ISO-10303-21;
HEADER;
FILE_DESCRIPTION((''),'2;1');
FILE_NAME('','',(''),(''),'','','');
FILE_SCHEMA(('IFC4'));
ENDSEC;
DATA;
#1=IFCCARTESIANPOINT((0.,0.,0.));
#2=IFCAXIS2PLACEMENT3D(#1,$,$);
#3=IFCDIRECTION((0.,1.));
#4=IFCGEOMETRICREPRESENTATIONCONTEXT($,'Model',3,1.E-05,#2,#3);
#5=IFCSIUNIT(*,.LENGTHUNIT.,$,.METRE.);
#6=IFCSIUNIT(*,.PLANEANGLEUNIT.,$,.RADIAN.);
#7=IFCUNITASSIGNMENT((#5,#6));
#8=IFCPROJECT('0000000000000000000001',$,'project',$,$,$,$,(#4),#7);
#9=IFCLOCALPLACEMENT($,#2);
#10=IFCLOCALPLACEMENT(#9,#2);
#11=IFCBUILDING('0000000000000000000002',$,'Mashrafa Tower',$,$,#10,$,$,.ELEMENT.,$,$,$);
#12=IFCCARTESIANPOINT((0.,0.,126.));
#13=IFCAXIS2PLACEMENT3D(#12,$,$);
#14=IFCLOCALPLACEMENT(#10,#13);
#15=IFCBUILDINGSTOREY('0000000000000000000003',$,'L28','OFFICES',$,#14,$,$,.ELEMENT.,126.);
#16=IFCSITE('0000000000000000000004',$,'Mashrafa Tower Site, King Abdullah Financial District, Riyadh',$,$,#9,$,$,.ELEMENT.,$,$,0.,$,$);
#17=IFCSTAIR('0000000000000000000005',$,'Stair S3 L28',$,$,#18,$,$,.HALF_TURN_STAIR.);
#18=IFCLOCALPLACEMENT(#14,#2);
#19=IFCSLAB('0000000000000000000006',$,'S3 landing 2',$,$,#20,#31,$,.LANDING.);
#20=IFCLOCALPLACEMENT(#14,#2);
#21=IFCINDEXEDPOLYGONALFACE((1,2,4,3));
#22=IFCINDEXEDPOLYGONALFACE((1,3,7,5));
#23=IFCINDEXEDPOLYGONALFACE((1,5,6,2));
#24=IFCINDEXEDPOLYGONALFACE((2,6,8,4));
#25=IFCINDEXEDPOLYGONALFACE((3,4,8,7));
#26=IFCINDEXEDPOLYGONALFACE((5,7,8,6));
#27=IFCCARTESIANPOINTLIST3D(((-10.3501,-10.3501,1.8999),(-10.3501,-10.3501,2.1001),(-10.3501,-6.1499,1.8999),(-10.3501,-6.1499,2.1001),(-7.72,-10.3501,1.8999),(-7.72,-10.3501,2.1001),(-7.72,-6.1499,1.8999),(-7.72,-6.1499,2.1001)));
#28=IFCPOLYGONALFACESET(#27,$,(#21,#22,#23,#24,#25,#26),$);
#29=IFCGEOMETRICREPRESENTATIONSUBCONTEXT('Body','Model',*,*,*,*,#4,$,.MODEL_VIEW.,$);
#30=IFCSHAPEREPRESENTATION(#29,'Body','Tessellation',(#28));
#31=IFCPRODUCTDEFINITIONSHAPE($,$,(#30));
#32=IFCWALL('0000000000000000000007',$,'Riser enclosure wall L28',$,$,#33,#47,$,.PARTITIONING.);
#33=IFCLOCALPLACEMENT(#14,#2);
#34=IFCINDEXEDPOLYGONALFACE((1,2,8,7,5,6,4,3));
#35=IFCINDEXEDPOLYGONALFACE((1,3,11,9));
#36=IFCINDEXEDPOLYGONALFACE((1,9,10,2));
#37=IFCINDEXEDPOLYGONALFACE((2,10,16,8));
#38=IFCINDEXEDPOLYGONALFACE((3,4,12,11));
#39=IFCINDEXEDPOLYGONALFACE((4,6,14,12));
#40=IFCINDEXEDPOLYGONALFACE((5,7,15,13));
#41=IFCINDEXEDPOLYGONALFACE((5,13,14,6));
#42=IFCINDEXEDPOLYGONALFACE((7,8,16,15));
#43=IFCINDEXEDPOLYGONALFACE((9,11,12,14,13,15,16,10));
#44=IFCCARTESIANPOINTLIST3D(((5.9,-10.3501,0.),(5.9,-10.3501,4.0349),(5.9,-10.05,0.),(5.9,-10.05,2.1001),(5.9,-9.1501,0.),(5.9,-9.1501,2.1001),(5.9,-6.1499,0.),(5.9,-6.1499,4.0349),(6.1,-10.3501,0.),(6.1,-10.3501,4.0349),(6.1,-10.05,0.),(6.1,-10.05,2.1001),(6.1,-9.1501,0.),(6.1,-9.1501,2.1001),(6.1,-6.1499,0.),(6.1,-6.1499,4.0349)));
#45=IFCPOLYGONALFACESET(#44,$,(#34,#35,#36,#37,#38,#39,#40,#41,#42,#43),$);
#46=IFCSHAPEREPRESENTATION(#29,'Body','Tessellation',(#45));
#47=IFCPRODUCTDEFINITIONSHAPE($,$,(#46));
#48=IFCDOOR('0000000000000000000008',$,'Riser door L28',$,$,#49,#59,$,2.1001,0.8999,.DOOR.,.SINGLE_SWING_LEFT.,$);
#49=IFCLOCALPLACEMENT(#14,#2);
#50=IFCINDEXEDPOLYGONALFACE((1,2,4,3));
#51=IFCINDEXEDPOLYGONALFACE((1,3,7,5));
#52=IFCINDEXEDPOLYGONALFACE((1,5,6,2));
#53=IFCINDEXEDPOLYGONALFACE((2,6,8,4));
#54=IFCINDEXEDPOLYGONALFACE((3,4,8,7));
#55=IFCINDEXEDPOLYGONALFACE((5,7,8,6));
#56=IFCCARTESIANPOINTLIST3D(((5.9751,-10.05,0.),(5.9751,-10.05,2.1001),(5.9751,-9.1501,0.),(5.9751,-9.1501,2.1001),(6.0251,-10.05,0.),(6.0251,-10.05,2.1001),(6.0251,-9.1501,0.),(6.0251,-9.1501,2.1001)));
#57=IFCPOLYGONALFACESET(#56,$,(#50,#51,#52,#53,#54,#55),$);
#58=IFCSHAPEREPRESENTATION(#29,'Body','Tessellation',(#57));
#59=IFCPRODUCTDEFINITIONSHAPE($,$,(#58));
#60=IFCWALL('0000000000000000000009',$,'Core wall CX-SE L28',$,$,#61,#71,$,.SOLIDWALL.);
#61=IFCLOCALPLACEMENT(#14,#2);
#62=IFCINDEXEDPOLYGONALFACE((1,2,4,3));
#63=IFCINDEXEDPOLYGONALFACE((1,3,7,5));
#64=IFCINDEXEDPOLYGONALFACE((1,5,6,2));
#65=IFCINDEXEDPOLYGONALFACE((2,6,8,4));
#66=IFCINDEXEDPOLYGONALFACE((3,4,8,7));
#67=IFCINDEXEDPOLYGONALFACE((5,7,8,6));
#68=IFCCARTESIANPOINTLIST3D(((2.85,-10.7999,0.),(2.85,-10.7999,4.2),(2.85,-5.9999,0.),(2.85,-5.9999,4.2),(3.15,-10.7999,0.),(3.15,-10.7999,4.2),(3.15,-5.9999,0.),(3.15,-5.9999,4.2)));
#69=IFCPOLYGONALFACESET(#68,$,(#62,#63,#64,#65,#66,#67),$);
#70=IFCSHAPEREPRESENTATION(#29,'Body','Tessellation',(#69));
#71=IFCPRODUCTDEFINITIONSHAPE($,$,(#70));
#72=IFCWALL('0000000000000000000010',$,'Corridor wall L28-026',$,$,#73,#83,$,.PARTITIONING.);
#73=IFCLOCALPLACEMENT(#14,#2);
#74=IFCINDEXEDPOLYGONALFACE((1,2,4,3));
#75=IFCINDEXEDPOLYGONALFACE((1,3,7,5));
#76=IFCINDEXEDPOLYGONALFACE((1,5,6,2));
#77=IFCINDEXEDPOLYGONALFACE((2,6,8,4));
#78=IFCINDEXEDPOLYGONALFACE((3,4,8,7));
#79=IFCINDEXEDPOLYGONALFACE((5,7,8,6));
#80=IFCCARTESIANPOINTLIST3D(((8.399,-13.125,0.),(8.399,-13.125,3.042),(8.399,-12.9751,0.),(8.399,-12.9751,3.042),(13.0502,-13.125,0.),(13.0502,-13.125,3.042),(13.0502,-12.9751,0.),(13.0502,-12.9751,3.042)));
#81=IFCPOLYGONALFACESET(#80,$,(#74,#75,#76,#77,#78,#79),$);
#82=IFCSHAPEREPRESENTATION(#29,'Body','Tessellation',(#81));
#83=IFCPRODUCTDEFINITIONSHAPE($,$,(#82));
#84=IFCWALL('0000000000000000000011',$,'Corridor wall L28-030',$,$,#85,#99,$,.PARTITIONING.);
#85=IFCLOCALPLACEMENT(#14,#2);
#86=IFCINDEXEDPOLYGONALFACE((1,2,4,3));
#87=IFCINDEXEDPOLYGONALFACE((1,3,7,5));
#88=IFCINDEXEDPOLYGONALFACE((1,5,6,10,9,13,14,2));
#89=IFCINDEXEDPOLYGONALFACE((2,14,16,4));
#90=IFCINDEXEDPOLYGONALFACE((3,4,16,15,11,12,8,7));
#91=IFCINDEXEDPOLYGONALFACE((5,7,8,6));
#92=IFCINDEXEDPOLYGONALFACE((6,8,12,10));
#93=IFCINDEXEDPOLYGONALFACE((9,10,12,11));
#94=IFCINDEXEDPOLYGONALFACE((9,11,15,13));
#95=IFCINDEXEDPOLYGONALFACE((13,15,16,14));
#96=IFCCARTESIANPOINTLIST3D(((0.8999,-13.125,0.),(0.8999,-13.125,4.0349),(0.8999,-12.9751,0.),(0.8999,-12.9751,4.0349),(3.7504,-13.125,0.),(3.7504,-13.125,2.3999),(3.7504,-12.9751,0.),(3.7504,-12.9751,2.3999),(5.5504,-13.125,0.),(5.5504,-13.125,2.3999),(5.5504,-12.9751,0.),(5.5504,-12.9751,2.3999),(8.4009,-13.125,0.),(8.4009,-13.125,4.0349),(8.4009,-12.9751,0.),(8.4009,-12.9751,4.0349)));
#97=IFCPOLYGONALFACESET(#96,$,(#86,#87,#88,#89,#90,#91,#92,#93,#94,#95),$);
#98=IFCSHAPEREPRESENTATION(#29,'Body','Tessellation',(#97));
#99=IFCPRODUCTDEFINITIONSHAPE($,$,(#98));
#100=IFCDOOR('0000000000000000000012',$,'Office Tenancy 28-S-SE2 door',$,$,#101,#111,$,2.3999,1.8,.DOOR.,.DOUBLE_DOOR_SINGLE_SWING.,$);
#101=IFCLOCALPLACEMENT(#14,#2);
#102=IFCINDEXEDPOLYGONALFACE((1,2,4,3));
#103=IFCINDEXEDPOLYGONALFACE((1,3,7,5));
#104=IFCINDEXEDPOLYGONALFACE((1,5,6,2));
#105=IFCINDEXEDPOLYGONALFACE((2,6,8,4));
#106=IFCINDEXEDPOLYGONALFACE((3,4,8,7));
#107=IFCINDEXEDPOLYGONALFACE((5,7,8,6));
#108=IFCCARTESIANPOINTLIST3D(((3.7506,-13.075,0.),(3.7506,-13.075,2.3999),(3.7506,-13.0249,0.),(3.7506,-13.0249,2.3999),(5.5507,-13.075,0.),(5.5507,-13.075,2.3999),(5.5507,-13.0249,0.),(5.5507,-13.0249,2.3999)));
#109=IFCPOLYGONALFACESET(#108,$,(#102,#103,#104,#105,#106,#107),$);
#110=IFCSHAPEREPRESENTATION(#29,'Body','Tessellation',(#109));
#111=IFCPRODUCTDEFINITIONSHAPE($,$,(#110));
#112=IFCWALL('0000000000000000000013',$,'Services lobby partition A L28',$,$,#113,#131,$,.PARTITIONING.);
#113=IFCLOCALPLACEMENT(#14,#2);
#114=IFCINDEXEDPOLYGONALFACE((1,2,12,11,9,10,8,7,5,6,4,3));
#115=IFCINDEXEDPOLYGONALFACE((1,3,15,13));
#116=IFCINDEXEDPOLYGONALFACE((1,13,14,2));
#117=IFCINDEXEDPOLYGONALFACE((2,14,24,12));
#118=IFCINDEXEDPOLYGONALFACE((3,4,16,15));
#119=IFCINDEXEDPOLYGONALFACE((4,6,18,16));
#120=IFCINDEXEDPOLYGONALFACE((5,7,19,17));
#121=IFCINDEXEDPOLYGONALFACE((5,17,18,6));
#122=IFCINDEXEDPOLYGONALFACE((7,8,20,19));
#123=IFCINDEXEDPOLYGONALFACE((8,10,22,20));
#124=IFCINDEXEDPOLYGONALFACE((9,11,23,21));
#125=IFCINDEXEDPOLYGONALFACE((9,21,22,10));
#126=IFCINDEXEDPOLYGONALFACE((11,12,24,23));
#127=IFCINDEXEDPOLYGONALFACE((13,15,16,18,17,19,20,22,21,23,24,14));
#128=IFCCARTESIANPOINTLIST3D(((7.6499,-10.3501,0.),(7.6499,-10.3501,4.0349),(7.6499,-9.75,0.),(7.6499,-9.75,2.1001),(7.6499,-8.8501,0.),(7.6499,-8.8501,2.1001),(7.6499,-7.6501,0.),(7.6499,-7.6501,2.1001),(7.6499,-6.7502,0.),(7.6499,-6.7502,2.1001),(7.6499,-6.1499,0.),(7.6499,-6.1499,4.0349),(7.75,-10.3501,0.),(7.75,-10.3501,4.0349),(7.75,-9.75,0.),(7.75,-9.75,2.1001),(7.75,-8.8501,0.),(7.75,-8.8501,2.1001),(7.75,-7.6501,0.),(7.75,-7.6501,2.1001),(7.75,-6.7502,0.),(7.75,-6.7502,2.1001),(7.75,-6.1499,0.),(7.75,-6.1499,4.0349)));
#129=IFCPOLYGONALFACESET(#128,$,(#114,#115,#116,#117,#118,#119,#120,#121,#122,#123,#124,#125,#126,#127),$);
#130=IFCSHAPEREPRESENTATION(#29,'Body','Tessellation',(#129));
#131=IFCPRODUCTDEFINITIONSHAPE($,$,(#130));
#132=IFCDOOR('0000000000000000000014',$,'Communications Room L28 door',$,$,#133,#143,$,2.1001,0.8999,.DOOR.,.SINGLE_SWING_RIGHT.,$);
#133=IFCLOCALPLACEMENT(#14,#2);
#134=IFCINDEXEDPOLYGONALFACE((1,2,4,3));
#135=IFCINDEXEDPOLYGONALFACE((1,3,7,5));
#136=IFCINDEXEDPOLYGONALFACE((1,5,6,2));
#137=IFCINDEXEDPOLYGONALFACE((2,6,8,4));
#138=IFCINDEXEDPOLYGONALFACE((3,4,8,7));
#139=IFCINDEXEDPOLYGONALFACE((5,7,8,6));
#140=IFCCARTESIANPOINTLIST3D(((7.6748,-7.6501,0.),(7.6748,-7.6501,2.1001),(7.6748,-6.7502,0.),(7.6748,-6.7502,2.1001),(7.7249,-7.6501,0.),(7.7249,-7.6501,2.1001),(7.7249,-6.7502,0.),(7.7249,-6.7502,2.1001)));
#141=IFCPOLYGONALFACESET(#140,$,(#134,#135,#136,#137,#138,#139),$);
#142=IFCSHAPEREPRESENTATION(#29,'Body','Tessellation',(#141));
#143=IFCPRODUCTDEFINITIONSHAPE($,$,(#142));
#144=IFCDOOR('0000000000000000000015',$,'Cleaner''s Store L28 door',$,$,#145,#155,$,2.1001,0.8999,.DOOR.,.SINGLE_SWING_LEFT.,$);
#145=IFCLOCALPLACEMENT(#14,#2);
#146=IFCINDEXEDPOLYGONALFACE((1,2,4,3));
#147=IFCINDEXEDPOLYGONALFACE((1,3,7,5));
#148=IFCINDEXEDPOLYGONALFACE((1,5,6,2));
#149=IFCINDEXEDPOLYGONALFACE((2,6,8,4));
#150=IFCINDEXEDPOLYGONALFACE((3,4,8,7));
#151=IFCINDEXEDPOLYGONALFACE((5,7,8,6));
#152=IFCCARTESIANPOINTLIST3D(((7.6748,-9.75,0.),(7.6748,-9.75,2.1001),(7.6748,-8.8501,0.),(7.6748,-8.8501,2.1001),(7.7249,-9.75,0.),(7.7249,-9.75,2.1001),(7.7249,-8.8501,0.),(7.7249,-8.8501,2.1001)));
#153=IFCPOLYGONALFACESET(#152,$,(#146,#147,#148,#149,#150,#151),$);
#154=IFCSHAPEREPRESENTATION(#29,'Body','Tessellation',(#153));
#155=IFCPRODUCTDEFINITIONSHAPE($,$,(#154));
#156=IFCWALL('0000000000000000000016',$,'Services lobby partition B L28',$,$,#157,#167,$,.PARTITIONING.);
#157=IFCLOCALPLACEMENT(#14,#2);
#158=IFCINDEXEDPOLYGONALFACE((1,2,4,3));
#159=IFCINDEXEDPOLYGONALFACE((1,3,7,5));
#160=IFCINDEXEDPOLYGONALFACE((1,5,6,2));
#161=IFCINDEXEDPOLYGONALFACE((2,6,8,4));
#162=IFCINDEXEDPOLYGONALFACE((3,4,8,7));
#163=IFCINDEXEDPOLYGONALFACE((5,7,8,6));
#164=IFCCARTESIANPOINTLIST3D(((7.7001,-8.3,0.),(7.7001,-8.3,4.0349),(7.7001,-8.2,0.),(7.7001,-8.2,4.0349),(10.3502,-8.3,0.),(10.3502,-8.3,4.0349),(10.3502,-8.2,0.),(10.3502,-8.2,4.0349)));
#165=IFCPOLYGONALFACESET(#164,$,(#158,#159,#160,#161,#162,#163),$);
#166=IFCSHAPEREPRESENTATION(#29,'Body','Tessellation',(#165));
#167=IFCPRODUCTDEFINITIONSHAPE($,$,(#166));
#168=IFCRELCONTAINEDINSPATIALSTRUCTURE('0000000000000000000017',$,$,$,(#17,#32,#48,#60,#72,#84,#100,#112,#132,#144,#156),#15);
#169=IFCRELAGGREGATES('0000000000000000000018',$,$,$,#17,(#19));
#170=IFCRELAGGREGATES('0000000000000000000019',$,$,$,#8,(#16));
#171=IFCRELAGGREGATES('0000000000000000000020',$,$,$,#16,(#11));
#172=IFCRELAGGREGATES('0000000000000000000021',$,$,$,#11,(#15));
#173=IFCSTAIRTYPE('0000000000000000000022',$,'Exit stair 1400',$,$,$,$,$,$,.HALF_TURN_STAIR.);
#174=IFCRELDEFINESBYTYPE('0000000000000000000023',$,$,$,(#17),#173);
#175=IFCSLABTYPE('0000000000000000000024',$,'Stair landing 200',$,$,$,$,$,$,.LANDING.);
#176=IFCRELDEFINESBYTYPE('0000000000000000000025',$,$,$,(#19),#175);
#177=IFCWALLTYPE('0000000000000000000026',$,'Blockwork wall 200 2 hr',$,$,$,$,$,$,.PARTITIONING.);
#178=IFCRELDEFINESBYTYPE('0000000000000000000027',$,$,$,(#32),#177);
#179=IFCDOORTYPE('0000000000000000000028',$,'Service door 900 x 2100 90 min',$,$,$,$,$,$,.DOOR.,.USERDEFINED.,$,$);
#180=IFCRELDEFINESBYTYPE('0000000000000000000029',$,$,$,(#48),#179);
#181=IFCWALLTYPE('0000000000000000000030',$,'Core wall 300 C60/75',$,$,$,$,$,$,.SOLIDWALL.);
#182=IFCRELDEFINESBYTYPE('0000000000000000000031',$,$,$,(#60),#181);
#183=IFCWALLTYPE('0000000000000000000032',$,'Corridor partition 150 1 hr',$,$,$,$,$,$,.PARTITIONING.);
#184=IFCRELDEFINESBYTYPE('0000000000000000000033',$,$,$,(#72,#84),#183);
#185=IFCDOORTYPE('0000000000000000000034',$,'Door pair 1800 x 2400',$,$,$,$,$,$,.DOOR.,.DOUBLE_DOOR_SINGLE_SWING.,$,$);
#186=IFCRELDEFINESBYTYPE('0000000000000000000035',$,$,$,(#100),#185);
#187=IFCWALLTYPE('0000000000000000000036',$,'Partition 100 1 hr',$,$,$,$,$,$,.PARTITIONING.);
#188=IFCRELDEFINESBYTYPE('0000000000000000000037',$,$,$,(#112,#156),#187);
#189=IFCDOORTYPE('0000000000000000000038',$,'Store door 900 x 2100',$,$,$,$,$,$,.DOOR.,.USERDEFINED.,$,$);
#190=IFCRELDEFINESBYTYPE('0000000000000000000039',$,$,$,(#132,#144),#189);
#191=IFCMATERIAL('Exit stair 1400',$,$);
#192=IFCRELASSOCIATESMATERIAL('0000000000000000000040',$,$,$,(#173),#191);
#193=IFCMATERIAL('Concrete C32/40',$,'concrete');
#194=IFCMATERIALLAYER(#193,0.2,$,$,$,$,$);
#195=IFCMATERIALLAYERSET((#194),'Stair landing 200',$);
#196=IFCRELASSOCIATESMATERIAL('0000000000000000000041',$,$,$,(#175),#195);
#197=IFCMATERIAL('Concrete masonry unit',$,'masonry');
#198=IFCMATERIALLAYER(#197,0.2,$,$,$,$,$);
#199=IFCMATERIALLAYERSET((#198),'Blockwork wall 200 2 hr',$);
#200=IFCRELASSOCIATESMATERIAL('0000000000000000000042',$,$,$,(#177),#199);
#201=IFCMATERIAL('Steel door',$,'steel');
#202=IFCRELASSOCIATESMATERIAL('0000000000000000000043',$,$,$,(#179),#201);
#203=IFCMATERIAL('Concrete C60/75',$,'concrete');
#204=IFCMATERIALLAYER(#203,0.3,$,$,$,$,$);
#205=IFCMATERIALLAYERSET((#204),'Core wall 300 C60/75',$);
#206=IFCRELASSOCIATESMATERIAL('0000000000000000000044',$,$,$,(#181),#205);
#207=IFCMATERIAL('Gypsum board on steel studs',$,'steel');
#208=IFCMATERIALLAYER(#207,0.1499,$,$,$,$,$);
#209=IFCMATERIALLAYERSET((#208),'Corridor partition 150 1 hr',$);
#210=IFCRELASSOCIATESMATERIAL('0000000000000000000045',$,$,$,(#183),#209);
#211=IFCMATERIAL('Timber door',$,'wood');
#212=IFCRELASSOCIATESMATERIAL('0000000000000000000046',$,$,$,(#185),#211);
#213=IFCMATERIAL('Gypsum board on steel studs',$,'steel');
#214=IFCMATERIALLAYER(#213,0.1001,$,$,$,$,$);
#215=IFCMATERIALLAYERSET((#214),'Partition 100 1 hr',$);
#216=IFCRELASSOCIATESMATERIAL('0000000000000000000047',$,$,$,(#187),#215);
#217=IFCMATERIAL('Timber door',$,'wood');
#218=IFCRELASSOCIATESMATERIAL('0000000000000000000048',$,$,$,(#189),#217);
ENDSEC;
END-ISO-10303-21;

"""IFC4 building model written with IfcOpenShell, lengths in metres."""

from ifc_helpers import new_model, si_unit, direction, frame, frame_2d, origin, place, context, subcontext, project, spatial, polyline, rectangle, outline, extrude, material, layer, layer_set, type_object, element, fill, aggregate, save


model = new_model("IFC4")

# Units and contexts
model_context = context("Model", 3, precision=1e-05, world=origin(), true_north=direction((0.0, 1.0)))
body_context = subcontext(model_context, "Body", "Model", "MODEL_VIEW")
ifc_project = project(units=[si_unit("LENGTHUNIT", "METRE"), si_unit("PLANEANGLEUNIT", "RADIAN")], contexts=[model_context])

# Site, building, storey
site_placement = place(None, origin())
site = spatial("IfcSite", under=ifc_project, at=site_placement, Name="Mashrafa Tower Site, King Abdullah Financial District, Riyadh", CompositionType="ELEMENT", RefElevation=0.0)
building_placement = place(site_placement, origin())
building = spatial("IfcBuilding", under=site, at=building_placement, Name="Mashrafa Tower", CompositionType="ELEMENT")
storey_placement = place(building_placement, frame((0.0, 0.0, 126.0)))
storey = spatial("IfcBuildingStorey", under=building, at=storey_placement, Name="L28", Description="OFFICES", CompositionType="ELEMENT", Elevation=126.0)

# Stair, slab
ifc_material_1 = material(Name="Exit stair 1400")
stair_type = type_object("IfcStairType", Name="Exit stair 1400", PredefinedType="HALF_TURN_STAIR", material=ifc_material_1)
ifc_material_2 = material(Name="Concrete C32/40", Category="concrete")
ifc_layer_1 = layer(ifc_material_2, 0.2)
ifc_layer_set_1 = layer_set([ifc_layer_1], Name="Stair landing 200")
slab_type = type_object("IfcSlabType", Name="Stair landing 200", PredefinedType="LANDING", material=ifc_layer_set_1)
stair_1_placement = place(storey_placement, origin())
stair_1 = element("IfcStair", 1, at=stair_1_placement, inside=storey, type_object=stair_type, Name="Stair S3 L28", PredefinedType="HALF_TURN_STAIR")
slab_1_placement = place(storey_placement, frame((0.0, 0.0, 1.8999)))
slab_1 = element("IfcSlab", 2, at=slab_1_placement, type_object=slab_type, Name="S3 landing 2", PredefinedType="LANDING", context=body_context, shape_type="SweptSolid", body=[
    extrude(outline(polyline([(-10.3501, -10.3501), (-7.72, -10.3501), (-7.72, -6.1499), (-10.3501, -6.1499), (-10.3501, -10.3501)])), origin(), (0.0, 0.0, 1.0), 0.2002),
])
aggregate(stair_1, [slab_1])

# Wall, opening, door
ifc_material_3 = material(Name="Concrete masonry unit", Category="masonry")
ifc_layer_2 = layer(ifc_material_3, 0.2)
ifc_layer_set_2 = layer_set([ifc_layer_2], Name="Blockwork wall 200 2 hr")
wall_type_1 = type_object("IfcWallType", Name="Blockwork wall 200 2 hr", PredefinedType="PARTITIONING", material=ifc_layer_set_2)
wall_1_placement = place(storey_placement, frame((6.0, -10.3501, 0.0), z_axis=(0.0, 0.0, 1.0), x_axis=(0.0, 1.0, 0.0)))
wall_1 = element("IfcWall", 3, at=wall_1_placement, inside=storey, type_object=wall_type_1, Name="Riser enclosure wall L28", PredefinedType="PARTITIONING", context=body_context, shape_type="SweptSolid", body=[
    extrude(rectangle(XDim=4.2002, YDim=0.2, at=frame_2d((2.1001, 0.0))), origin(), (0.0, 0.0, 1.0), 4.0349),
])
opening_1_placement = place(wall_1_placement, frame((0.3, 0.0, 0.0)))
opening_1 = element("IfcOpeningElement", 4, at=opening_1_placement, cuts=wall_1, PredefinedType="OPENING", context=body_context, shape_type="SweptSolid", body=[
    extrude(rectangle(XDim=0.8999, YDim=2.1001, at=frame_2d((0.45, 1.05))), frame((0.0, 0.1099, 0.0), z_axis=(0.0, -1.0, 0.0), x_axis=(1.0, 0.0, 0.0)), (0.0, 0.0, 1.0), 0.22),
])
ifc_material_4 = material(Name="Steel door", Category="steel")
door_type_1 = type_object("IfcDoorType", Name="Service door 900 x 2100 90 min", OperationType="USERDEFINED", PredefinedType="DOOR", material=ifc_material_4)
door_1_placement = place(opening_1_placement, origin())
door_1 = element("IfcDoor", 5, at=door_1_placement, inside=storey, type_object=door_type_1, Name="Riser door L28", OperationType="SINGLE_SWING_LEFT", OverallHeight=2.1001, OverallWidth=0.8999, PredefinedType="DOOR", context=body_context, shape_type="SweptSolid", body=[
    extrude(rectangle(XDim=0.8999, YDim=2.1001, at=frame_2d((0.45, 1.05))), frame((0.0, 0.0249, 0.0), z_axis=(0.0, -1.0, 0.0), x_axis=(1.0, 0.0, 0.0)), (0.0, 0.0, 1.0), 0.05),
])
fill(opening_1, door_1)

# Walls
ifc_material_5 = material(Name="Concrete C60/75", Category="concrete")
ifc_layer_3 = layer(ifc_material_5, 0.3)
ifc_layer_set_3 = layer_set([ifc_layer_3], Name="Core wall 300 C60/75")
wall_type_2 = type_object("IfcWallType", Name="Core wall 300 C60/75", PredefinedType="SOLIDWALL", material=ifc_layer_set_3)
wall_2_placement = place(storey_placement, frame((3.0, -6.0, 0.0), z_axis=(0.0, 0.0, 1.0), x_axis=(0.0, -1.0, 0.0)))
element("IfcWall", 6, at=wall_2_placement, inside=storey, type_object=wall_type_2, Name="Core wall CX-SE L28", PredefinedType="SOLIDWALL", context=body_context, shape_type="SweptSolid", body=[
    extrude(rectangle(XDim=4.8, YDim=0.3, at=frame_2d((2.3999, 0.0))), origin(), (0.0, 0.0, 1.0), 4.2),
])
ifc_material_6 = material(Name="Gypsum board on steel studs", Category="steel")
ifc_layer_4 = layer(ifc_material_6, 0.1499)
ifc_layer_set_4 = layer_set([ifc_layer_4], Name="Corridor partition 150 1 hr")
wall_type_3 = type_object("IfcWallType", Name="Corridor partition 150 1 hr", PredefinedType="PARTITIONING", material=ifc_layer_set_4)
wall_3_placement = place(storey_placement, frame((8.3989, -13.05, 0.0), z_axis=(0.0, 0.0, 1.0), x_axis=(1.0, 0.0, 0.0)))
element("IfcWall", 7, at=wall_3_placement, inside=storey, type_object=wall_type_3, Name="Corridor wall L28-026", PredefinedType="PARTITIONING", context=body_context, shape_type="SweptSolid", body=[
    extrude(rectangle(XDim=4.6511, YDim=0.1499, at=frame_2d((2.3257, 0.0))), origin(), (0.0, 0.0, 1.0), 3.042),
])

# Wall, opening, door
wall_4_placement = place(storey_placement, frame((0.8999, -13.05, 0.0), z_axis=(0.0, 0.0, 1.0), x_axis=(1.0, 0.0, 0.0)))
wall_4 = element("IfcWall", 8, at=wall_4_placement, inside=storey, type_object=wall_type_3, Name="Corridor wall L28-030", PredefinedType="PARTITIONING", context=body_context, shape_type="SweptSolid", body=[
    extrude(rectangle(XDim=7.501, YDim=0.1499, at=frame_2d((3.7505, 0.0))), origin(), (0.0, 0.0, 1.0), 4.0349),
])
opening_2_placement = place(wall_4_placement, frame((2.8506, 0.0, 0.0)))
opening_2 = element("IfcOpeningElement", 9, at=opening_2_placement, cuts=wall_4, PredefinedType="OPENING", context=body_context, shape_type="SweptSolid", body=[
    extrude(rectangle(XDim=1.8, YDim=2.3999, at=frame_2d((0.8999, 1.2))), frame((0.0, 0.085, 0.0), z_axis=(0.0, -1.0, 0.0), x_axis=(1.0, 0.0, 0.0)), (0.0, 0.0, 1.0), 0.1699),
])
ifc_material_7 = material(Name="Timber door", Category="wood")
door_type_2 = type_object("IfcDoorType", Name="Door pair 1800 x 2400", OperationType="DOUBLE_DOOR_SINGLE_SWING", PredefinedType="DOOR", material=ifc_material_7)
door_2_placement = place(opening_2_placement, frame((1.8, 0.0, 0.0), z_axis=(0.0, 0.0, 1.0), x_axis=(-1.0, 0.0, 0.0)))
door_2 = element("IfcDoor", 10, at=door_2_placement, inside=storey, type_object=door_type_2, Name="Office Tenancy 28-S-SE2 door", OperationType="DOUBLE_DOOR_SINGLE_SWING", OverallHeight=2.3999, OverallWidth=1.8, PredefinedType="DOOR", context=body_context, shape_type="SweptSolid", body=[
    extrude(rectangle(XDim=1.8, YDim=2.3999, at=frame_2d((0.8999, 1.2))), frame((0.0, 0.0249, 0.0), z_axis=(0.0, -1.0, 0.0), x_axis=(1.0, 0.0, 0.0)), (0.0, 0.0, 1.0), 0.05),
])
fill(opening_2, door_2)

# Wall, openings, doors
ifc_material_8 = material(Name="Gypsum board on steel studs", Category="steel")
ifc_layer_5 = layer(ifc_material_8, 0.1001)
ifc_layer_set_5 = layer_set([ifc_layer_5], Name="Partition 100 1 hr")
wall_type_4 = type_object("IfcWallType", Name="Partition 100 1 hr", PredefinedType="PARTITIONING", material=ifc_layer_set_5)
wall_5_placement = place(storey_placement, frame((7.7, -10.3501, 0.0), z_axis=(0.0, 0.0, 1.0), x_axis=(0.0, 1.0, 0.0)))
wall_5 = element("IfcWall", 11, at=wall_5_placement, inside=storey, type_object=wall_type_4, Name="Services lobby partition A L28", PredefinedType="PARTITIONING", context=body_context, shape_type="SweptSolid", body=[
    extrude(rectangle(XDim=4.2002, YDim=0.1001, at=frame_2d((2.1001, 0.0))), origin(), (0.0, 0.0, 1.0), 4.0349),
])
opening_3_placement = place(wall_5_placement, frame((2.7, 0.0, 0.0)))
opening_3 = element("IfcOpeningElement", 12, at=opening_3_placement, cuts=wall_5, PredefinedType="OPENING", context=body_context, shape_type="SweptSolid", body=[
    extrude(rectangle(XDim=0.8999, YDim=2.1001, at=frame_2d((0.45, 1.05))), frame((0.0, 0.0601, 0.0), z_axis=(0.0, -1.0, 0.0), x_axis=(1.0, 0.0, 0.0)), (0.0, 0.0, 1.0), 0.1201),
])
opening_4_placement = place(wall_5_placement, frame((0.6001, 0.0, 0.0)))
opening_4 = element("IfcOpeningElement", 13, at=opening_4_placement, cuts=wall_5, PredefinedType="OPENING", context=body_context, shape_type="SweptSolid", body=[
    extrude(rectangle(XDim=0.8999, YDim=2.1001, at=frame_2d((0.45, 1.05))), frame((0.0, 0.0601, 0.0), z_axis=(0.0, -1.0, 0.0), x_axis=(1.0, 0.0, 0.0)), (0.0, 0.0, 1.0), 0.1201),
])
ifc_material_9 = material(Name="Timber door", Category="wood")
door_type_3 = type_object("IfcDoorType", Name="Store door 900 x 2100", OperationType="USERDEFINED", PredefinedType="DOOR", material=ifc_material_9)
door_3_placement = place(opening_3_placement, frame((0.8999, 0.0, 0.0), z_axis=(0.0, 0.0, 1.0), x_axis=(-1.0, 0.0, 0.0)))
door_3 = element("IfcDoor", 14, at=door_3_placement, inside=storey, type_object=door_type_3, Name="Communications Room L28 door", OperationType="SINGLE_SWING_RIGHT", OverallHeight=2.1001, OverallWidth=0.8999, PredefinedType="DOOR", context=body_context, shape_type="SweptSolid", body=[
    extrude(rectangle(XDim=0.8999, YDim=2.1001, at=frame_2d((0.45, 1.05))), frame((0.0, 0.0249, 0.0), z_axis=(0.0, -1.0, 0.0), x_axis=(1.0, 0.0, 0.0)), (0.0, 0.0, 1.0), 0.05),
])
fill(opening_3, door_3)
door_4_placement = place(opening_4_placement, frame((0.8999, 0.0, 0.0), z_axis=(0.0, 0.0, 1.0), x_axis=(-1.0, 0.0, 0.0)))
door_4 = element("IfcDoor", 15, at=door_4_placement, inside=storey, type_object=door_type_3, Name="Cleaner's Store L28 door", OperationType="SINGLE_SWING_LEFT", OverallHeight=2.1001, OverallWidth=0.8999, PredefinedType="DOOR", context=body_context, shape_type="SweptSolid", body=[
    extrude(rectangle(XDim=0.8999, YDim=2.1001, at=frame_2d((0.45, 1.05))), frame((0.0, 0.0249, 0.0), z_axis=(0.0, -1.0, 0.0), x_axis=(1.0, 0.0, 0.0)), (0.0, 0.0, 1.0), 0.05),
])
fill(opening_4, door_4)

# Wall
wall_6_placement = place(storey_placement, frame((7.7, -8.25, 0.0), z_axis=(0.0, 0.0, 1.0), x_axis=(1.0, 0.0, 0.0)))
element("IfcWall", 16, at=wall_6_placement, inside=storey, type_object=wall_type_4, Name="Services lobby partition B L28", PredefinedType="PARTITIONING", context=body_context, shape_type="SweptSolid", body=[
    extrude(rectangle(XDim=2.6501, YDim=0.1001, at=frame_2d((1.3252, 0.0))), origin(), (0.0, 0.0, 1.0), 4.0349),
])

save(model, "model.ifc")
